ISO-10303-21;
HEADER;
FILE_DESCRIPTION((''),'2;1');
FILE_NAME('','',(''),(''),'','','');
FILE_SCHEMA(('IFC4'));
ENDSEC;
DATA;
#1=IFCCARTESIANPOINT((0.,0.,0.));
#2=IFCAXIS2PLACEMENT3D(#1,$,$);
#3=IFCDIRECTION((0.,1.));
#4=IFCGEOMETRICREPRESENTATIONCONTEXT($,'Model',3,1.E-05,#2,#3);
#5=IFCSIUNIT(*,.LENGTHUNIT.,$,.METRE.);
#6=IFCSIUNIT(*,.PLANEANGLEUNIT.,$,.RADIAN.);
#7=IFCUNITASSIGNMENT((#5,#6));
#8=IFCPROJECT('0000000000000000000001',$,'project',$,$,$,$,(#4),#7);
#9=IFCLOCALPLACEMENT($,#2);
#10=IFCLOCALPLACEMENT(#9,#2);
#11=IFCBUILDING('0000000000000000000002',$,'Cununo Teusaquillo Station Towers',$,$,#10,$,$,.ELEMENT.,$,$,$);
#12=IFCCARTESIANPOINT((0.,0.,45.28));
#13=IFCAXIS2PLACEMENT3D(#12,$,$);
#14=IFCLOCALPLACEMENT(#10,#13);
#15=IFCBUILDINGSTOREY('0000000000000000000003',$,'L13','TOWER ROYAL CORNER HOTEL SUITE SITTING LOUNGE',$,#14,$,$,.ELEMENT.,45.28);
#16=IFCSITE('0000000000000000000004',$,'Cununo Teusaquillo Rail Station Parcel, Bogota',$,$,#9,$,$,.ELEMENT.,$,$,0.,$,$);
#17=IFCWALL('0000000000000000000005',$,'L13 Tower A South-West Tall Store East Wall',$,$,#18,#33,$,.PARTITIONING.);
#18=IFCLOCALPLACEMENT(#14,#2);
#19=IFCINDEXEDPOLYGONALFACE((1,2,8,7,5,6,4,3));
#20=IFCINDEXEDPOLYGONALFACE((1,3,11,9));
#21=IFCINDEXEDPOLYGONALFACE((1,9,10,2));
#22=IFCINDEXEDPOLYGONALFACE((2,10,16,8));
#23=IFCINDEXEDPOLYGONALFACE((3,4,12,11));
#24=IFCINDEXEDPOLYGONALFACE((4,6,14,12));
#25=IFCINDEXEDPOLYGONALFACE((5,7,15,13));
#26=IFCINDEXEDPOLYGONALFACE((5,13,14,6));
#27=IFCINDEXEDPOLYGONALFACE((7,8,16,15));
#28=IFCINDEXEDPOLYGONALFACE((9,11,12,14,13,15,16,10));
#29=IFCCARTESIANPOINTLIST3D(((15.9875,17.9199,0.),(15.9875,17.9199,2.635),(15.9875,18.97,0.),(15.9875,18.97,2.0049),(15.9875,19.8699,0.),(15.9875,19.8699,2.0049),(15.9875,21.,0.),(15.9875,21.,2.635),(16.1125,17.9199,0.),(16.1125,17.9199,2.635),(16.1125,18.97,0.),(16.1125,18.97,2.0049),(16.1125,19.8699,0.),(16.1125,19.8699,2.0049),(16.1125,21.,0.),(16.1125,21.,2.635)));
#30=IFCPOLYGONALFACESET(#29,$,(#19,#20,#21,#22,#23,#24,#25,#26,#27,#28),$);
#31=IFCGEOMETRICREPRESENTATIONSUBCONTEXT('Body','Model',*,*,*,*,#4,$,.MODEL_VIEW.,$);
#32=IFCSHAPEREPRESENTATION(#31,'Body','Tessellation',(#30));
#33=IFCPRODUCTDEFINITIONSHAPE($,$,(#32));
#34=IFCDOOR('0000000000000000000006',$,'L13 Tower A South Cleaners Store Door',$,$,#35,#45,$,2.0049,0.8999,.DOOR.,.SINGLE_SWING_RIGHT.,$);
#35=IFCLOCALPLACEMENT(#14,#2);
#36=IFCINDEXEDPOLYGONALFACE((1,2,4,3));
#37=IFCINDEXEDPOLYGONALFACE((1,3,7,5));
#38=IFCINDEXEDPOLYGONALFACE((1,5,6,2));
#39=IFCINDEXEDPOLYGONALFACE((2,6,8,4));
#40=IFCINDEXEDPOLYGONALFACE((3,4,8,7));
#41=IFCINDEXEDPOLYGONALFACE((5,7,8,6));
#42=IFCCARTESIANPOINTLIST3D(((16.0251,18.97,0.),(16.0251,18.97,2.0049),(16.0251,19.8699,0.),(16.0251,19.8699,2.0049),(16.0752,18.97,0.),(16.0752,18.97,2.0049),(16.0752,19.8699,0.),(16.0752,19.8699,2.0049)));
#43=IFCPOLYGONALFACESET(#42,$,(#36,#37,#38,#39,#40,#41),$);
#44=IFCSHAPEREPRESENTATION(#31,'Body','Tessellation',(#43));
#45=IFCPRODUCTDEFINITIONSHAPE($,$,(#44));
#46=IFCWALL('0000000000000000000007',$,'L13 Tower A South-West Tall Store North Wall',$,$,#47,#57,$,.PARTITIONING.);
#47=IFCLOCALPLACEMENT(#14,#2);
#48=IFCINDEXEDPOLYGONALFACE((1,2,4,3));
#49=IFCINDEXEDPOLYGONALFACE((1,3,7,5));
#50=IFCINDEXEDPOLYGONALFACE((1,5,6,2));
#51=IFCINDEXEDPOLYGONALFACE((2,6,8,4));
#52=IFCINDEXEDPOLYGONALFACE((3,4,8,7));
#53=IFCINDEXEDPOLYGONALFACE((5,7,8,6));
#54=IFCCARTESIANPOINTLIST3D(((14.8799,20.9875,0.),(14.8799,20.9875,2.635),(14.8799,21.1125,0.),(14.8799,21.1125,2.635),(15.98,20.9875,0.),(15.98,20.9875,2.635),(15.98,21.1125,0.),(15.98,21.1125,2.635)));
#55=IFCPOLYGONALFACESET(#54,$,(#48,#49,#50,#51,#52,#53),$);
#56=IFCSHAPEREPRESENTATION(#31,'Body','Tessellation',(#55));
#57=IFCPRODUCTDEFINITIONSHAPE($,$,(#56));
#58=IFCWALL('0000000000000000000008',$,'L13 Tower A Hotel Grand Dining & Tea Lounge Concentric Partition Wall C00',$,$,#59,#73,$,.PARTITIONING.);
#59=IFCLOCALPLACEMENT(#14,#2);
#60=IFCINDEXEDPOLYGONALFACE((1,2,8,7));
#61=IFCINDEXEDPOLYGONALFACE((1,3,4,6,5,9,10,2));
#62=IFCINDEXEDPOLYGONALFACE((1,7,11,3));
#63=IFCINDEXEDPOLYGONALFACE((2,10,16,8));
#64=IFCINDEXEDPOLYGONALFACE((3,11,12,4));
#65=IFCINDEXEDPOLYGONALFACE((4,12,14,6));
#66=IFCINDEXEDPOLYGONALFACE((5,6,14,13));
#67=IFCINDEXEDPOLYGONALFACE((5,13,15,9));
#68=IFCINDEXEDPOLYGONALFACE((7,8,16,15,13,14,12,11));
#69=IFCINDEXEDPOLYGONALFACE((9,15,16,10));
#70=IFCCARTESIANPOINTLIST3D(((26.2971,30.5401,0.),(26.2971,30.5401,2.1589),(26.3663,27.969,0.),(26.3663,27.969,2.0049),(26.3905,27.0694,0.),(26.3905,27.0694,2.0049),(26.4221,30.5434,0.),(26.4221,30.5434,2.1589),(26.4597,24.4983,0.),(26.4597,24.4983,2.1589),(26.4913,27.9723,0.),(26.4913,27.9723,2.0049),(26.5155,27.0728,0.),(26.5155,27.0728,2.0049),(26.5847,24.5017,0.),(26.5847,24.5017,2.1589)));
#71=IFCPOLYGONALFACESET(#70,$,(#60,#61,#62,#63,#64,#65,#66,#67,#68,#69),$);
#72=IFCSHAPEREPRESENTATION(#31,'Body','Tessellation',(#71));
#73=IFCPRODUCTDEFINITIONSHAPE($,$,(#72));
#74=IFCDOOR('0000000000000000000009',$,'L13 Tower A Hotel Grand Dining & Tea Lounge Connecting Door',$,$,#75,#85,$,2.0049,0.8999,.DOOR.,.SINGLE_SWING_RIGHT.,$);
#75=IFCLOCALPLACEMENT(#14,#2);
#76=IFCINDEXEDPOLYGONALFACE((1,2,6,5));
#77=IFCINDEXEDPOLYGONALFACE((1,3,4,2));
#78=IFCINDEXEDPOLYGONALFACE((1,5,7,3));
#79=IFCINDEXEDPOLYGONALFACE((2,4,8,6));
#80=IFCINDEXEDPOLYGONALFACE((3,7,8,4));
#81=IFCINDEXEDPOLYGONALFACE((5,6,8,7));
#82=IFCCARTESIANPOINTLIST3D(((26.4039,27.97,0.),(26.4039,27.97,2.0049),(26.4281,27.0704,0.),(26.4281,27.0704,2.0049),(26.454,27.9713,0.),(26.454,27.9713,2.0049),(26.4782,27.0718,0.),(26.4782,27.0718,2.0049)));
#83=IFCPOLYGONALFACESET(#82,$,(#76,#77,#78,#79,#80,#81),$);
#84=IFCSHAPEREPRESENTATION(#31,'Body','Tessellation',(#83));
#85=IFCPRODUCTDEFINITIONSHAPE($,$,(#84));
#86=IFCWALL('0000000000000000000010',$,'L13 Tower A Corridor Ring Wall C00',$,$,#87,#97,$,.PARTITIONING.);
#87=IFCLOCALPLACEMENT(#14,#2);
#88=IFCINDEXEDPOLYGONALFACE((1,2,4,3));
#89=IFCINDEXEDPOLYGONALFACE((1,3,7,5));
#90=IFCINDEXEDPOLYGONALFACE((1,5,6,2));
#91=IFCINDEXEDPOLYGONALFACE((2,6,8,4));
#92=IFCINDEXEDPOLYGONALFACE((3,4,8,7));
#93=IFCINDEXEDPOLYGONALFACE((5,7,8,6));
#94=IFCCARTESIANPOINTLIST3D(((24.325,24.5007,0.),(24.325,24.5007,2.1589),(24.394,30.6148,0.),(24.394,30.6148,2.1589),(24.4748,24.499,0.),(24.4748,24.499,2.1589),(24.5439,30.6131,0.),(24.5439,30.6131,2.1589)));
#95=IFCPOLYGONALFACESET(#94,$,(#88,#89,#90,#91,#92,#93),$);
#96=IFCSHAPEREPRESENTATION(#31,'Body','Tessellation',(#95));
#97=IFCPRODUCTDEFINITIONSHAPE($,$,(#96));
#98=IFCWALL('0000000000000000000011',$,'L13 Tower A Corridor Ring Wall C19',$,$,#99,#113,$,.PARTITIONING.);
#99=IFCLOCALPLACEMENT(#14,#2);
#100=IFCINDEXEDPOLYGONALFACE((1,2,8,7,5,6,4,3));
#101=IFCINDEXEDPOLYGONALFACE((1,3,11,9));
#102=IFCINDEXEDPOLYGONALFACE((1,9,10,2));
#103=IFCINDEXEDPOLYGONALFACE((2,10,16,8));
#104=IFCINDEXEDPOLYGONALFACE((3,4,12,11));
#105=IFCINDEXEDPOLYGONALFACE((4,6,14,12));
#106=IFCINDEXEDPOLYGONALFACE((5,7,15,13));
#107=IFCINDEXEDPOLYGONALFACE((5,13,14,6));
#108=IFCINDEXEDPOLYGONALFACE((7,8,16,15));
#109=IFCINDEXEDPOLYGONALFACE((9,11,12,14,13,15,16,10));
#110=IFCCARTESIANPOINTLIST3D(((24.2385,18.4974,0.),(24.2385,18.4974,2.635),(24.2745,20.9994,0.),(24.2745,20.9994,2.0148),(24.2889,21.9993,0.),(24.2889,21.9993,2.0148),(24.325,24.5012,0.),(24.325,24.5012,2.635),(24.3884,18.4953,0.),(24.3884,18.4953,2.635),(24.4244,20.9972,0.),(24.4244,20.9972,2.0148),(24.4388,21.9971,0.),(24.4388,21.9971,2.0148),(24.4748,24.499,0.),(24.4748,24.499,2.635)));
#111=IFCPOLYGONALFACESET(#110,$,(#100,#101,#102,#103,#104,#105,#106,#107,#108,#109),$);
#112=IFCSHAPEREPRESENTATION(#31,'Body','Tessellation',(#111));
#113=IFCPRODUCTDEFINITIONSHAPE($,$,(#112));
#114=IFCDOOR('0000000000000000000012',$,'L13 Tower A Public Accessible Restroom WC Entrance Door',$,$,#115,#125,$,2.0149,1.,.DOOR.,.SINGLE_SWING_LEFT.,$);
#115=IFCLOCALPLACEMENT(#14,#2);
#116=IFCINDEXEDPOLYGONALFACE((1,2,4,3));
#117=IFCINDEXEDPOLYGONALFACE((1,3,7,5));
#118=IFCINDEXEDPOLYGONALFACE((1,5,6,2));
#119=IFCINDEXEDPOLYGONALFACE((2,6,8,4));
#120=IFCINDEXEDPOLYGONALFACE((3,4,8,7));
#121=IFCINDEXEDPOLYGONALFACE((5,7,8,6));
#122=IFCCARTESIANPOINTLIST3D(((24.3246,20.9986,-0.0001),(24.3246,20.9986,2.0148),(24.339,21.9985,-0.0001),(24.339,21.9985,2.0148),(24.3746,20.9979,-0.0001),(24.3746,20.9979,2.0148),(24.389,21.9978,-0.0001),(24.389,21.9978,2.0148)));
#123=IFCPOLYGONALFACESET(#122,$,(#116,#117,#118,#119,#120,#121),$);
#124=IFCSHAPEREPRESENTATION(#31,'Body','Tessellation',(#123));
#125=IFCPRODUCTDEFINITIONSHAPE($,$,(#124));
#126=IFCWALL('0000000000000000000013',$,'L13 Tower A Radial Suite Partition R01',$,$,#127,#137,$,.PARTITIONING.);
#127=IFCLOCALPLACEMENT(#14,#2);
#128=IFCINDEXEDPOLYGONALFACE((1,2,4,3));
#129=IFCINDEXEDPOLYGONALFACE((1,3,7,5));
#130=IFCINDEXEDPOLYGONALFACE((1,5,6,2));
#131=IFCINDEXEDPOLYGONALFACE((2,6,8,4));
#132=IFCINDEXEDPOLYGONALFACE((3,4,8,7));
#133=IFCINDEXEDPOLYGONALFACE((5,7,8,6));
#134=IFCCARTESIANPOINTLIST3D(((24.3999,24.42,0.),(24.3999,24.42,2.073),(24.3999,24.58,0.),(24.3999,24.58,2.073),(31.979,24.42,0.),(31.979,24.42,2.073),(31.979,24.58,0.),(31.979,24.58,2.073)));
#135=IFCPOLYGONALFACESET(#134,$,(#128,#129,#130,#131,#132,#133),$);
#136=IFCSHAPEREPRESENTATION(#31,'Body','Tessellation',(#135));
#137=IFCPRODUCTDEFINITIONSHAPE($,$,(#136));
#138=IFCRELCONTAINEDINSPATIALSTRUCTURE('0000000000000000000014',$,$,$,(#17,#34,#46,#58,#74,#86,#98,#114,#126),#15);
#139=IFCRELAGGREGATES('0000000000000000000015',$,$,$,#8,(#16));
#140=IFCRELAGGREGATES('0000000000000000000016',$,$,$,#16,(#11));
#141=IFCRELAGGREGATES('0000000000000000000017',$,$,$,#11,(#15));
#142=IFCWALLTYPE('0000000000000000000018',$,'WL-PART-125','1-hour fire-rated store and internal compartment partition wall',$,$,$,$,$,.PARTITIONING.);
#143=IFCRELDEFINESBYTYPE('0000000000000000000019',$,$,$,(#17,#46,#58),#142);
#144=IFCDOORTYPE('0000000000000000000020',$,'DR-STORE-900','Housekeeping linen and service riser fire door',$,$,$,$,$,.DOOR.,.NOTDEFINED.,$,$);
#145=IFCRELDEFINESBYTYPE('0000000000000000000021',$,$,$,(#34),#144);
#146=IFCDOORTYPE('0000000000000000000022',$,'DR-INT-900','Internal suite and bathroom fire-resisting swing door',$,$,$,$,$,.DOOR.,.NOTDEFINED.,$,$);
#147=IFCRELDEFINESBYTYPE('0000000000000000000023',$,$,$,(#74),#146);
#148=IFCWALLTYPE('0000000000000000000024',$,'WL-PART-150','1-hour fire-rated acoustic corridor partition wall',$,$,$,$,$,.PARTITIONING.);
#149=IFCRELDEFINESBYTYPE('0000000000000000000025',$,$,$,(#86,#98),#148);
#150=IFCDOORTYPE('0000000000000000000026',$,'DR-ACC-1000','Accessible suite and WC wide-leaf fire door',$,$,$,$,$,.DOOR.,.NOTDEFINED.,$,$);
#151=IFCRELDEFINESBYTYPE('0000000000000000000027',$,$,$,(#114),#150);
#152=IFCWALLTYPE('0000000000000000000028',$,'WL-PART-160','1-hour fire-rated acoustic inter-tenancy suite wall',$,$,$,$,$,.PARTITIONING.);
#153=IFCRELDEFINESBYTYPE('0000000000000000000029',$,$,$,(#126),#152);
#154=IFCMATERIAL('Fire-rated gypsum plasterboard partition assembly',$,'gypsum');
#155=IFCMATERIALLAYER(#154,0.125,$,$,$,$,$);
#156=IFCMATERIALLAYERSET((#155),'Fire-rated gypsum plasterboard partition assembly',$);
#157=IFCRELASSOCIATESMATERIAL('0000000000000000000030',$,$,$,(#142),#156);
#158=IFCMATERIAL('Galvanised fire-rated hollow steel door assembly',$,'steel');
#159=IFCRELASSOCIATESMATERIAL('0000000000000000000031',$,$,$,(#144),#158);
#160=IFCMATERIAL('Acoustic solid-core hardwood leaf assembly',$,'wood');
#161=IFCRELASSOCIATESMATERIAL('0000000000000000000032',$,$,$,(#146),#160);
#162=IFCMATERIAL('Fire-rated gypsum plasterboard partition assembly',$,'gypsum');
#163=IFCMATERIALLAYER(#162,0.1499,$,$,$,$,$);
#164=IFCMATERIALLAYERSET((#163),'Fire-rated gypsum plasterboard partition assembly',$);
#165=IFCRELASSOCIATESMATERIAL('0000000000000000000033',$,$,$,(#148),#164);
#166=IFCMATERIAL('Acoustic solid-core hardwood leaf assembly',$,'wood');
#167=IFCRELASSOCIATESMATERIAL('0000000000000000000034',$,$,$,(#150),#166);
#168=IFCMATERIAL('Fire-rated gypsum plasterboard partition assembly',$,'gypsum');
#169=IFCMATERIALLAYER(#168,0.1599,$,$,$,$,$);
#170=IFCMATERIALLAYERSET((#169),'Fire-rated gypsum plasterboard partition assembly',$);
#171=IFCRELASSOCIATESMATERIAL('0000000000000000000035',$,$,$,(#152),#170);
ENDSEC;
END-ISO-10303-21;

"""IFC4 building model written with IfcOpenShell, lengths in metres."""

from ifc_helpers import new_model, si_unit, direction, frame, frame_2d, origin, place, context, subcontext, project, spatial, rectangle, extrude, source, transform, mapped, material, layer, layer_set, type_object, element, fill, save


model = new_model("IFC4")

# Units and contexts
model_context = context("Model", 3, precision=1e-05, world=origin(), true_north=direction((0.0, 1.0)))
body_context = subcontext(model_context, "Body", "Model", "MODEL_VIEW")
ifc_project = project(units=[si_unit("LENGTHUNIT", "METRE"), si_unit("PLANEANGLEUNIT", "RADIAN")], contexts=[model_context])

# Site, building, storey
site_placement = place(None, origin())
site = spatial("IfcSite", under=ifc_project, at=site_placement, Name="Cununo Teusaquillo Rail Station Parcel, Bogota", CompositionType="ELEMENT", RefElevation=0.0)
building_placement = place(site_placement, origin())
building = spatial("IfcBuilding", under=site, at=building_placement, Name="Cununo Teusaquillo Station Towers", CompositionType="ELEMENT")
storey_placement = place(building_placement, frame((0.0, 0.0, 45.28)))
storey = spatial("IfcBuildingStorey", under=building, at=storey_placement, Name="L13", Description="TOWER ROYAL CORNER HOTEL SUITE SITTING LOUNGE", CompositionType="ELEMENT", Elevation=45.28)

# Wall, opening, door
ifc_material_1 = material(Name="Fire-rated gypsum plasterboard partition assembly", Category="gypsum")
ifc_layer_1 = layer(ifc_material_1, 0.125)
ifc_layer_set_1 = layer_set([ifc_layer_1], Name="Fire-rated gypsum plasterboard partition assembly")
wall_type_1 = type_object("IfcWallType", Name="WL-PART-125", Description="1-hour fire-rated store and internal compartment partition wall", PredefinedType="PARTITIONING", material=ifc_layer_set_1)
wall_1_placement = place(storey_placement, frame((16.05, 17.9199, 0.0), z_axis=(0.0, 0.0, 1.0), x_axis=(0.0, 1.0, 0.0)))
wall_1 = element("IfcWall", 1, at=wall_1_placement, inside=storey, type_object=wall_type_1, Name="L13 Tower A South-West Tall Store East Wall", PredefinedType="PARTITIONING", context=body_context, shape_type="SweptSolid", body=[
    extrude(rectangle(XDim=3.0801, YDim=0.125, at=frame_2d((1.54, 0.0))), origin(), (0.0, 0.0, 1.0), 2.635),
])
shared_shape_1 = source(origin(), body_context, "Body", "SweptSolid", [
    extrude(rectangle(XDim=0.8999, YDim=2.0049, at=frame_2d((0.45, 1.0024))), frame((0.0, 0.0725, 0.0), z_axis=(0.0, -1.0, 0.0), x_axis=(1.0, 0.0, 0.0)), (0.0, 0.0, 1.0), 0.145),
])
opening_1_placement = place(wall_1_placement, frame((1.05, 0.0, 0.0)))
opening_1 = element("IfcOpeningElement", 2, at=opening_1_placement, cuts=wall_1, PredefinedType="OPENING", context=body_context, shape_type="MappedRepresentation", body=[
    mapped(shared_shape_1, transform((0.0, 0.0, 0.0), x_axis=(1.0, 0.0, 0.0), y_axis=(0.0, 1.0, 0.0), z_axis=(0.0, 0.0, 1.0), scale=1.0)),
])
ifc_material_2 = material(Name="Galvanised fire-rated hollow steel door assembly", Category="steel")
door_type_1 = type_object("IfcDoorType", Name="DR-STORE-900", Description="Housekeeping linen and service riser fire door", OperationType="NOTDEFINED", PredefinedType="DOOR", material=ifc_material_2)
shared_shape_2 = source(origin(), body_context, "Body", "SweptSolid", [
    extrude(rectangle(XDim=0.8999, YDim=2.0049, at=frame_2d((0.45, 1.0024))), frame((0.0, 0.0249, 0.0), z_axis=(0.0, -1.0, 0.0), x_axis=(1.0, 0.0, 0.0)), (0.0, 0.0, 1.0), 0.05),
])
door_1_placement = place(opening_1_placement, origin())
door_1 = element("IfcDoor", 3, at=door_1_placement, inside=storey, type_object=door_type_1, Name="L13 Tower A South Cleaners Store Door", OperationType="SINGLE_SWING_RIGHT", OverallHeight=2.0049, OverallWidth=0.8999, PredefinedType="DOOR", context=body_context, shape_type="MappedRepresentation", body=[
    mapped(shared_shape_2, transform((0.0, 0.0, 0.0), x_axis=(1.0, 0.0, 0.0), y_axis=(0.0, 1.0, 0.0), z_axis=(0.0, 0.0, 1.0), scale=1.0)),
])
fill(opening_1, door_1)

# Wall
wall_2_placement = place(storey_placement, frame((14.8799, 21.05, 0.0), z_axis=(0.0, 0.0, 1.0), x_axis=(1.0, 0.0, 0.0)))
element("IfcWall", 4, at=wall_2_placement, inside=storey, type_object=wall_type_1, Name="L13 Tower A South-West Tall Store North Wall", PredefinedType="PARTITIONING", context=body_context, shape_type="SweptSolid", body=[
    extrude(rectangle(XDim=1.1001, YDim=0.125, at=frame_2d((0.55, 0.0))), origin(), (0.0, 0.0, 1.0), 2.635),
])

# Wall, opening, door
wall_3_placement = place(storey_placement, frame((26.5222, 24.5, 0.0), z_axis=(0.0, 0.0, 1.0), x_axis=(-0.026903, 0.999638, 0.0)))
wall_3 = element("IfcWall", 5, at=wall_3_placement, inside=storey, type_object=wall_type_1, Name="L13 Tower A Hotel Grand Dining & Tea Lounge Concentric Partition Wall C00", PredefinedType="PARTITIONING", context=body_context, shape_type="SweptSolid", body=[
    extrude(rectangle(XDim=6.0439, YDim=0.125, at=frame_2d((3.022, 0.0))), origin(), (0.0, 0.0, 1.0), 2.1589),
])
opening_2_placement = place(wall_3_placement, frame((2.572, 0.0, 0.0)))
opening_2 = element("IfcOpeningElement", 6, at=opening_2_placement, cuts=wall_3, PredefinedType="OPENING", context=body_context, shape_type="MappedRepresentation", body=[
    mapped(shared_shape_1, transform((0.0, 0.0, 0.0), x_axis=(1.0, 0.0, 0.0), y_axis=(0.0, 1.0, 0.0), z_axis=(0.0, 0.0, 1.0), scale=1.0)),
])
ifc_material_3 = material(Name="Acoustic solid-core hardwood leaf assembly", Category="wood")
door_type_2 = type_object("IfcDoorType", Name="DR-INT-900", Description="Internal suite and bathroom fire-resisting swing door", OperationType="NOTDEFINED", PredefinedType="DOOR", material=ifc_material_3)
door_2_placement = place(opening_2_placement, origin())
door_2 = element("IfcDoor", 7, at=door_2_placement, inside=storey, type_object=door_type_2, Name="L13 Tower A Hotel Grand Dining & Tea Lounge Connecting Door", OperationType="SINGLE_SWING_RIGHT", OverallHeight=2.0049, OverallWidth=0.8999, PredefinedType="DOOR", context=body_context, shape_type="MappedRepresentation", body=[
    mapped(shared_shape_2, transform((0.0, 0.0, 0.0), x_axis=(1.0, 0.0, 0.0), y_axis=(0.0, 1.0, 0.0), z_axis=(0.0, 0.0, 1.0), scale=1.0)),
])
fill(opening_2, door_2)

# Wall
ifc_material_4 = material(Name="Fire-rated gypsum plasterboard partition assembly", Category="gypsum")
ifc_layer_2 = layer(ifc_material_4, 0.1499)
ifc_layer_set_2 = layer_set([ifc_layer_2], Name="Fire-rated gypsum plasterboard partition assembly")
wall_type_2 = type_object("IfcWallType", Name="WL-PART-150", Description="1-hour fire-rated acoustic corridor partition wall", PredefinedType="PARTITIONING", material=ifc_layer_set_2)
wall_4_placement = place(storey_placement, frame((24.3999, 24.5, 0.0), z_axis=(0.0, 0.0, 1.0), x_axis=(0.0113, 0.999936, 0.0)))
element("IfcWall", 8, at=wall_4_placement, inside=storey, type_object=wall_type_2, Name="L13 Tower A Corridor Ring Wall C00", PredefinedType="PARTITIONING", context=body_context, shape_type="SweptSolid", body=[
    extrude(rectangle(XDim=6.1145, YDim=0.1499, at=frame_2d((3.0571, 0.0))), origin(), (0.0, 0.0, 1.0), 2.1589),
])

# Wall, opening, door
wall_5_placement = place(storey_placement, frame((24.3135, 18.4963, 0.0), z_axis=(0.0, 0.0, 1.0), x_axis=(0.014394, 0.999896, 0.0)))
wall_5 = element("IfcWall", 9, at=wall_5_placement, inside=storey, type_object=wall_type_2, Name="L13 Tower A Corridor Ring Wall C19", PredefinedType="PARTITIONING", context=body_context, shape_type="SweptSolid", body=[
    extrude(rectangle(XDim=6.0044, YDim=0.1499, at=frame_2d((3.0022, 0.0))), origin(), (0.0, 0.0, 1.0), 2.635),
])
shared_shape_3 = source(origin(), body_context, "Body", "SweptSolid", [
    extrude(rectangle(XDim=1.0, YDim=2.0149, at=frame_2d((0.5, 1.0073))), frame((0.0, 0.085, 0.0), z_axis=(0.0, -1.0, 0.0), x_axis=(1.0, 0.0, 0.0)), (0.0, 0.0, 1.0), 0.1699),
])
opening_3_placement = place(wall_5_placement, frame((2.5022, 0.0, 0.0)))
opening_3 = element("IfcOpeningElement", 10, at=opening_3_placement, cuts=wall_5, PredefinedType="OPENING", context=body_context, shape_type="MappedRepresentation", body=[
    mapped(shared_shape_3, transform((0.0, 0.0, 0.0), x_axis=(1.0, 0.0, 0.0), y_axis=(0.0, 1.0, 0.0), z_axis=(0.0, 0.0, 1.0), scale=1.0)),
])
ifc_material_5 = material(Name="Acoustic solid-core hardwood leaf assembly", Category="wood")
door_type_3 = type_object("IfcDoorType", Name="DR-ACC-1000", Description="Accessible suite and WC wide-leaf fire door", OperationType="NOTDEFINED", PredefinedType="DOOR", material=ifc_material_5)
shared_shape_4 = source(origin(), body_context, "Body", "SweptSolid", [
    extrude(rectangle(XDim=1.0, YDim=2.0149, at=frame_2d((0.5, 1.0073))), frame((0.0, 0.0249, 0.0), z_axis=(0.0, -1.0, 0.0), x_axis=(1.0, 0.0, 0.0)), (0.0, 0.0, 1.0), 0.05),
])
door_3_placement = place(opening_3_placement, origin())
door_3 = element("IfcDoor", 11, at=door_3_placement, inside=storey, type_object=door_type_3, Name="L13 Tower A Public Accessible Restroom WC Entrance Door", OperationType="SINGLE_SWING_LEFT", OverallHeight=2.0149, OverallWidth=1.0, PredefinedType="DOOR", context=body_context, shape_type="MappedRepresentation", body=[
    mapped(shared_shape_4, transform((0.0, 0.0, 0.0), x_axis=(1.0, 0.0, 0.0), y_axis=(0.0, 1.0, 0.0), z_axis=(0.0, 0.0, 1.0), scale=1.0)),
])
fill(opening_3, door_3)

# Wall
ifc_material_6 = material(Name="Fire-rated gypsum plasterboard partition assembly", Category="gypsum")
ifc_layer_3 = layer(ifc_material_6, 0.1599)
ifc_layer_set_3 = layer_set([ifc_layer_3], Name="Fire-rated gypsum plasterboard partition assembly")
wall_type_3 = type_object("IfcWallType", Name="WL-PART-160", Description="1-hour fire-rated acoustic inter-tenancy suite wall", PredefinedType="PARTITIONING", material=ifc_layer_set_3)
wall_6_placement = place(storey_placement, frame((24.3999, 24.5, 0.0), z_axis=(0.0, 0.0, 1.0), x_axis=(1.0, 0.0, 0.0)))
element("IfcWall", 12, at=wall_6_placement, inside=storey, type_object=wall_type_3, Name="L13 Tower A Radial Suite Partition R01", PredefinedType="PARTITIONING", context=body_context, shape_type="SweptSolid", body=[
    extrude(rectangle(XDim=7.5791, YDim=0.1599, at=frame_2d((3.7896, 0.0))), origin(), (0.0, 0.0, 1.0), 2.073),
])

save(model, "model.ifc")
